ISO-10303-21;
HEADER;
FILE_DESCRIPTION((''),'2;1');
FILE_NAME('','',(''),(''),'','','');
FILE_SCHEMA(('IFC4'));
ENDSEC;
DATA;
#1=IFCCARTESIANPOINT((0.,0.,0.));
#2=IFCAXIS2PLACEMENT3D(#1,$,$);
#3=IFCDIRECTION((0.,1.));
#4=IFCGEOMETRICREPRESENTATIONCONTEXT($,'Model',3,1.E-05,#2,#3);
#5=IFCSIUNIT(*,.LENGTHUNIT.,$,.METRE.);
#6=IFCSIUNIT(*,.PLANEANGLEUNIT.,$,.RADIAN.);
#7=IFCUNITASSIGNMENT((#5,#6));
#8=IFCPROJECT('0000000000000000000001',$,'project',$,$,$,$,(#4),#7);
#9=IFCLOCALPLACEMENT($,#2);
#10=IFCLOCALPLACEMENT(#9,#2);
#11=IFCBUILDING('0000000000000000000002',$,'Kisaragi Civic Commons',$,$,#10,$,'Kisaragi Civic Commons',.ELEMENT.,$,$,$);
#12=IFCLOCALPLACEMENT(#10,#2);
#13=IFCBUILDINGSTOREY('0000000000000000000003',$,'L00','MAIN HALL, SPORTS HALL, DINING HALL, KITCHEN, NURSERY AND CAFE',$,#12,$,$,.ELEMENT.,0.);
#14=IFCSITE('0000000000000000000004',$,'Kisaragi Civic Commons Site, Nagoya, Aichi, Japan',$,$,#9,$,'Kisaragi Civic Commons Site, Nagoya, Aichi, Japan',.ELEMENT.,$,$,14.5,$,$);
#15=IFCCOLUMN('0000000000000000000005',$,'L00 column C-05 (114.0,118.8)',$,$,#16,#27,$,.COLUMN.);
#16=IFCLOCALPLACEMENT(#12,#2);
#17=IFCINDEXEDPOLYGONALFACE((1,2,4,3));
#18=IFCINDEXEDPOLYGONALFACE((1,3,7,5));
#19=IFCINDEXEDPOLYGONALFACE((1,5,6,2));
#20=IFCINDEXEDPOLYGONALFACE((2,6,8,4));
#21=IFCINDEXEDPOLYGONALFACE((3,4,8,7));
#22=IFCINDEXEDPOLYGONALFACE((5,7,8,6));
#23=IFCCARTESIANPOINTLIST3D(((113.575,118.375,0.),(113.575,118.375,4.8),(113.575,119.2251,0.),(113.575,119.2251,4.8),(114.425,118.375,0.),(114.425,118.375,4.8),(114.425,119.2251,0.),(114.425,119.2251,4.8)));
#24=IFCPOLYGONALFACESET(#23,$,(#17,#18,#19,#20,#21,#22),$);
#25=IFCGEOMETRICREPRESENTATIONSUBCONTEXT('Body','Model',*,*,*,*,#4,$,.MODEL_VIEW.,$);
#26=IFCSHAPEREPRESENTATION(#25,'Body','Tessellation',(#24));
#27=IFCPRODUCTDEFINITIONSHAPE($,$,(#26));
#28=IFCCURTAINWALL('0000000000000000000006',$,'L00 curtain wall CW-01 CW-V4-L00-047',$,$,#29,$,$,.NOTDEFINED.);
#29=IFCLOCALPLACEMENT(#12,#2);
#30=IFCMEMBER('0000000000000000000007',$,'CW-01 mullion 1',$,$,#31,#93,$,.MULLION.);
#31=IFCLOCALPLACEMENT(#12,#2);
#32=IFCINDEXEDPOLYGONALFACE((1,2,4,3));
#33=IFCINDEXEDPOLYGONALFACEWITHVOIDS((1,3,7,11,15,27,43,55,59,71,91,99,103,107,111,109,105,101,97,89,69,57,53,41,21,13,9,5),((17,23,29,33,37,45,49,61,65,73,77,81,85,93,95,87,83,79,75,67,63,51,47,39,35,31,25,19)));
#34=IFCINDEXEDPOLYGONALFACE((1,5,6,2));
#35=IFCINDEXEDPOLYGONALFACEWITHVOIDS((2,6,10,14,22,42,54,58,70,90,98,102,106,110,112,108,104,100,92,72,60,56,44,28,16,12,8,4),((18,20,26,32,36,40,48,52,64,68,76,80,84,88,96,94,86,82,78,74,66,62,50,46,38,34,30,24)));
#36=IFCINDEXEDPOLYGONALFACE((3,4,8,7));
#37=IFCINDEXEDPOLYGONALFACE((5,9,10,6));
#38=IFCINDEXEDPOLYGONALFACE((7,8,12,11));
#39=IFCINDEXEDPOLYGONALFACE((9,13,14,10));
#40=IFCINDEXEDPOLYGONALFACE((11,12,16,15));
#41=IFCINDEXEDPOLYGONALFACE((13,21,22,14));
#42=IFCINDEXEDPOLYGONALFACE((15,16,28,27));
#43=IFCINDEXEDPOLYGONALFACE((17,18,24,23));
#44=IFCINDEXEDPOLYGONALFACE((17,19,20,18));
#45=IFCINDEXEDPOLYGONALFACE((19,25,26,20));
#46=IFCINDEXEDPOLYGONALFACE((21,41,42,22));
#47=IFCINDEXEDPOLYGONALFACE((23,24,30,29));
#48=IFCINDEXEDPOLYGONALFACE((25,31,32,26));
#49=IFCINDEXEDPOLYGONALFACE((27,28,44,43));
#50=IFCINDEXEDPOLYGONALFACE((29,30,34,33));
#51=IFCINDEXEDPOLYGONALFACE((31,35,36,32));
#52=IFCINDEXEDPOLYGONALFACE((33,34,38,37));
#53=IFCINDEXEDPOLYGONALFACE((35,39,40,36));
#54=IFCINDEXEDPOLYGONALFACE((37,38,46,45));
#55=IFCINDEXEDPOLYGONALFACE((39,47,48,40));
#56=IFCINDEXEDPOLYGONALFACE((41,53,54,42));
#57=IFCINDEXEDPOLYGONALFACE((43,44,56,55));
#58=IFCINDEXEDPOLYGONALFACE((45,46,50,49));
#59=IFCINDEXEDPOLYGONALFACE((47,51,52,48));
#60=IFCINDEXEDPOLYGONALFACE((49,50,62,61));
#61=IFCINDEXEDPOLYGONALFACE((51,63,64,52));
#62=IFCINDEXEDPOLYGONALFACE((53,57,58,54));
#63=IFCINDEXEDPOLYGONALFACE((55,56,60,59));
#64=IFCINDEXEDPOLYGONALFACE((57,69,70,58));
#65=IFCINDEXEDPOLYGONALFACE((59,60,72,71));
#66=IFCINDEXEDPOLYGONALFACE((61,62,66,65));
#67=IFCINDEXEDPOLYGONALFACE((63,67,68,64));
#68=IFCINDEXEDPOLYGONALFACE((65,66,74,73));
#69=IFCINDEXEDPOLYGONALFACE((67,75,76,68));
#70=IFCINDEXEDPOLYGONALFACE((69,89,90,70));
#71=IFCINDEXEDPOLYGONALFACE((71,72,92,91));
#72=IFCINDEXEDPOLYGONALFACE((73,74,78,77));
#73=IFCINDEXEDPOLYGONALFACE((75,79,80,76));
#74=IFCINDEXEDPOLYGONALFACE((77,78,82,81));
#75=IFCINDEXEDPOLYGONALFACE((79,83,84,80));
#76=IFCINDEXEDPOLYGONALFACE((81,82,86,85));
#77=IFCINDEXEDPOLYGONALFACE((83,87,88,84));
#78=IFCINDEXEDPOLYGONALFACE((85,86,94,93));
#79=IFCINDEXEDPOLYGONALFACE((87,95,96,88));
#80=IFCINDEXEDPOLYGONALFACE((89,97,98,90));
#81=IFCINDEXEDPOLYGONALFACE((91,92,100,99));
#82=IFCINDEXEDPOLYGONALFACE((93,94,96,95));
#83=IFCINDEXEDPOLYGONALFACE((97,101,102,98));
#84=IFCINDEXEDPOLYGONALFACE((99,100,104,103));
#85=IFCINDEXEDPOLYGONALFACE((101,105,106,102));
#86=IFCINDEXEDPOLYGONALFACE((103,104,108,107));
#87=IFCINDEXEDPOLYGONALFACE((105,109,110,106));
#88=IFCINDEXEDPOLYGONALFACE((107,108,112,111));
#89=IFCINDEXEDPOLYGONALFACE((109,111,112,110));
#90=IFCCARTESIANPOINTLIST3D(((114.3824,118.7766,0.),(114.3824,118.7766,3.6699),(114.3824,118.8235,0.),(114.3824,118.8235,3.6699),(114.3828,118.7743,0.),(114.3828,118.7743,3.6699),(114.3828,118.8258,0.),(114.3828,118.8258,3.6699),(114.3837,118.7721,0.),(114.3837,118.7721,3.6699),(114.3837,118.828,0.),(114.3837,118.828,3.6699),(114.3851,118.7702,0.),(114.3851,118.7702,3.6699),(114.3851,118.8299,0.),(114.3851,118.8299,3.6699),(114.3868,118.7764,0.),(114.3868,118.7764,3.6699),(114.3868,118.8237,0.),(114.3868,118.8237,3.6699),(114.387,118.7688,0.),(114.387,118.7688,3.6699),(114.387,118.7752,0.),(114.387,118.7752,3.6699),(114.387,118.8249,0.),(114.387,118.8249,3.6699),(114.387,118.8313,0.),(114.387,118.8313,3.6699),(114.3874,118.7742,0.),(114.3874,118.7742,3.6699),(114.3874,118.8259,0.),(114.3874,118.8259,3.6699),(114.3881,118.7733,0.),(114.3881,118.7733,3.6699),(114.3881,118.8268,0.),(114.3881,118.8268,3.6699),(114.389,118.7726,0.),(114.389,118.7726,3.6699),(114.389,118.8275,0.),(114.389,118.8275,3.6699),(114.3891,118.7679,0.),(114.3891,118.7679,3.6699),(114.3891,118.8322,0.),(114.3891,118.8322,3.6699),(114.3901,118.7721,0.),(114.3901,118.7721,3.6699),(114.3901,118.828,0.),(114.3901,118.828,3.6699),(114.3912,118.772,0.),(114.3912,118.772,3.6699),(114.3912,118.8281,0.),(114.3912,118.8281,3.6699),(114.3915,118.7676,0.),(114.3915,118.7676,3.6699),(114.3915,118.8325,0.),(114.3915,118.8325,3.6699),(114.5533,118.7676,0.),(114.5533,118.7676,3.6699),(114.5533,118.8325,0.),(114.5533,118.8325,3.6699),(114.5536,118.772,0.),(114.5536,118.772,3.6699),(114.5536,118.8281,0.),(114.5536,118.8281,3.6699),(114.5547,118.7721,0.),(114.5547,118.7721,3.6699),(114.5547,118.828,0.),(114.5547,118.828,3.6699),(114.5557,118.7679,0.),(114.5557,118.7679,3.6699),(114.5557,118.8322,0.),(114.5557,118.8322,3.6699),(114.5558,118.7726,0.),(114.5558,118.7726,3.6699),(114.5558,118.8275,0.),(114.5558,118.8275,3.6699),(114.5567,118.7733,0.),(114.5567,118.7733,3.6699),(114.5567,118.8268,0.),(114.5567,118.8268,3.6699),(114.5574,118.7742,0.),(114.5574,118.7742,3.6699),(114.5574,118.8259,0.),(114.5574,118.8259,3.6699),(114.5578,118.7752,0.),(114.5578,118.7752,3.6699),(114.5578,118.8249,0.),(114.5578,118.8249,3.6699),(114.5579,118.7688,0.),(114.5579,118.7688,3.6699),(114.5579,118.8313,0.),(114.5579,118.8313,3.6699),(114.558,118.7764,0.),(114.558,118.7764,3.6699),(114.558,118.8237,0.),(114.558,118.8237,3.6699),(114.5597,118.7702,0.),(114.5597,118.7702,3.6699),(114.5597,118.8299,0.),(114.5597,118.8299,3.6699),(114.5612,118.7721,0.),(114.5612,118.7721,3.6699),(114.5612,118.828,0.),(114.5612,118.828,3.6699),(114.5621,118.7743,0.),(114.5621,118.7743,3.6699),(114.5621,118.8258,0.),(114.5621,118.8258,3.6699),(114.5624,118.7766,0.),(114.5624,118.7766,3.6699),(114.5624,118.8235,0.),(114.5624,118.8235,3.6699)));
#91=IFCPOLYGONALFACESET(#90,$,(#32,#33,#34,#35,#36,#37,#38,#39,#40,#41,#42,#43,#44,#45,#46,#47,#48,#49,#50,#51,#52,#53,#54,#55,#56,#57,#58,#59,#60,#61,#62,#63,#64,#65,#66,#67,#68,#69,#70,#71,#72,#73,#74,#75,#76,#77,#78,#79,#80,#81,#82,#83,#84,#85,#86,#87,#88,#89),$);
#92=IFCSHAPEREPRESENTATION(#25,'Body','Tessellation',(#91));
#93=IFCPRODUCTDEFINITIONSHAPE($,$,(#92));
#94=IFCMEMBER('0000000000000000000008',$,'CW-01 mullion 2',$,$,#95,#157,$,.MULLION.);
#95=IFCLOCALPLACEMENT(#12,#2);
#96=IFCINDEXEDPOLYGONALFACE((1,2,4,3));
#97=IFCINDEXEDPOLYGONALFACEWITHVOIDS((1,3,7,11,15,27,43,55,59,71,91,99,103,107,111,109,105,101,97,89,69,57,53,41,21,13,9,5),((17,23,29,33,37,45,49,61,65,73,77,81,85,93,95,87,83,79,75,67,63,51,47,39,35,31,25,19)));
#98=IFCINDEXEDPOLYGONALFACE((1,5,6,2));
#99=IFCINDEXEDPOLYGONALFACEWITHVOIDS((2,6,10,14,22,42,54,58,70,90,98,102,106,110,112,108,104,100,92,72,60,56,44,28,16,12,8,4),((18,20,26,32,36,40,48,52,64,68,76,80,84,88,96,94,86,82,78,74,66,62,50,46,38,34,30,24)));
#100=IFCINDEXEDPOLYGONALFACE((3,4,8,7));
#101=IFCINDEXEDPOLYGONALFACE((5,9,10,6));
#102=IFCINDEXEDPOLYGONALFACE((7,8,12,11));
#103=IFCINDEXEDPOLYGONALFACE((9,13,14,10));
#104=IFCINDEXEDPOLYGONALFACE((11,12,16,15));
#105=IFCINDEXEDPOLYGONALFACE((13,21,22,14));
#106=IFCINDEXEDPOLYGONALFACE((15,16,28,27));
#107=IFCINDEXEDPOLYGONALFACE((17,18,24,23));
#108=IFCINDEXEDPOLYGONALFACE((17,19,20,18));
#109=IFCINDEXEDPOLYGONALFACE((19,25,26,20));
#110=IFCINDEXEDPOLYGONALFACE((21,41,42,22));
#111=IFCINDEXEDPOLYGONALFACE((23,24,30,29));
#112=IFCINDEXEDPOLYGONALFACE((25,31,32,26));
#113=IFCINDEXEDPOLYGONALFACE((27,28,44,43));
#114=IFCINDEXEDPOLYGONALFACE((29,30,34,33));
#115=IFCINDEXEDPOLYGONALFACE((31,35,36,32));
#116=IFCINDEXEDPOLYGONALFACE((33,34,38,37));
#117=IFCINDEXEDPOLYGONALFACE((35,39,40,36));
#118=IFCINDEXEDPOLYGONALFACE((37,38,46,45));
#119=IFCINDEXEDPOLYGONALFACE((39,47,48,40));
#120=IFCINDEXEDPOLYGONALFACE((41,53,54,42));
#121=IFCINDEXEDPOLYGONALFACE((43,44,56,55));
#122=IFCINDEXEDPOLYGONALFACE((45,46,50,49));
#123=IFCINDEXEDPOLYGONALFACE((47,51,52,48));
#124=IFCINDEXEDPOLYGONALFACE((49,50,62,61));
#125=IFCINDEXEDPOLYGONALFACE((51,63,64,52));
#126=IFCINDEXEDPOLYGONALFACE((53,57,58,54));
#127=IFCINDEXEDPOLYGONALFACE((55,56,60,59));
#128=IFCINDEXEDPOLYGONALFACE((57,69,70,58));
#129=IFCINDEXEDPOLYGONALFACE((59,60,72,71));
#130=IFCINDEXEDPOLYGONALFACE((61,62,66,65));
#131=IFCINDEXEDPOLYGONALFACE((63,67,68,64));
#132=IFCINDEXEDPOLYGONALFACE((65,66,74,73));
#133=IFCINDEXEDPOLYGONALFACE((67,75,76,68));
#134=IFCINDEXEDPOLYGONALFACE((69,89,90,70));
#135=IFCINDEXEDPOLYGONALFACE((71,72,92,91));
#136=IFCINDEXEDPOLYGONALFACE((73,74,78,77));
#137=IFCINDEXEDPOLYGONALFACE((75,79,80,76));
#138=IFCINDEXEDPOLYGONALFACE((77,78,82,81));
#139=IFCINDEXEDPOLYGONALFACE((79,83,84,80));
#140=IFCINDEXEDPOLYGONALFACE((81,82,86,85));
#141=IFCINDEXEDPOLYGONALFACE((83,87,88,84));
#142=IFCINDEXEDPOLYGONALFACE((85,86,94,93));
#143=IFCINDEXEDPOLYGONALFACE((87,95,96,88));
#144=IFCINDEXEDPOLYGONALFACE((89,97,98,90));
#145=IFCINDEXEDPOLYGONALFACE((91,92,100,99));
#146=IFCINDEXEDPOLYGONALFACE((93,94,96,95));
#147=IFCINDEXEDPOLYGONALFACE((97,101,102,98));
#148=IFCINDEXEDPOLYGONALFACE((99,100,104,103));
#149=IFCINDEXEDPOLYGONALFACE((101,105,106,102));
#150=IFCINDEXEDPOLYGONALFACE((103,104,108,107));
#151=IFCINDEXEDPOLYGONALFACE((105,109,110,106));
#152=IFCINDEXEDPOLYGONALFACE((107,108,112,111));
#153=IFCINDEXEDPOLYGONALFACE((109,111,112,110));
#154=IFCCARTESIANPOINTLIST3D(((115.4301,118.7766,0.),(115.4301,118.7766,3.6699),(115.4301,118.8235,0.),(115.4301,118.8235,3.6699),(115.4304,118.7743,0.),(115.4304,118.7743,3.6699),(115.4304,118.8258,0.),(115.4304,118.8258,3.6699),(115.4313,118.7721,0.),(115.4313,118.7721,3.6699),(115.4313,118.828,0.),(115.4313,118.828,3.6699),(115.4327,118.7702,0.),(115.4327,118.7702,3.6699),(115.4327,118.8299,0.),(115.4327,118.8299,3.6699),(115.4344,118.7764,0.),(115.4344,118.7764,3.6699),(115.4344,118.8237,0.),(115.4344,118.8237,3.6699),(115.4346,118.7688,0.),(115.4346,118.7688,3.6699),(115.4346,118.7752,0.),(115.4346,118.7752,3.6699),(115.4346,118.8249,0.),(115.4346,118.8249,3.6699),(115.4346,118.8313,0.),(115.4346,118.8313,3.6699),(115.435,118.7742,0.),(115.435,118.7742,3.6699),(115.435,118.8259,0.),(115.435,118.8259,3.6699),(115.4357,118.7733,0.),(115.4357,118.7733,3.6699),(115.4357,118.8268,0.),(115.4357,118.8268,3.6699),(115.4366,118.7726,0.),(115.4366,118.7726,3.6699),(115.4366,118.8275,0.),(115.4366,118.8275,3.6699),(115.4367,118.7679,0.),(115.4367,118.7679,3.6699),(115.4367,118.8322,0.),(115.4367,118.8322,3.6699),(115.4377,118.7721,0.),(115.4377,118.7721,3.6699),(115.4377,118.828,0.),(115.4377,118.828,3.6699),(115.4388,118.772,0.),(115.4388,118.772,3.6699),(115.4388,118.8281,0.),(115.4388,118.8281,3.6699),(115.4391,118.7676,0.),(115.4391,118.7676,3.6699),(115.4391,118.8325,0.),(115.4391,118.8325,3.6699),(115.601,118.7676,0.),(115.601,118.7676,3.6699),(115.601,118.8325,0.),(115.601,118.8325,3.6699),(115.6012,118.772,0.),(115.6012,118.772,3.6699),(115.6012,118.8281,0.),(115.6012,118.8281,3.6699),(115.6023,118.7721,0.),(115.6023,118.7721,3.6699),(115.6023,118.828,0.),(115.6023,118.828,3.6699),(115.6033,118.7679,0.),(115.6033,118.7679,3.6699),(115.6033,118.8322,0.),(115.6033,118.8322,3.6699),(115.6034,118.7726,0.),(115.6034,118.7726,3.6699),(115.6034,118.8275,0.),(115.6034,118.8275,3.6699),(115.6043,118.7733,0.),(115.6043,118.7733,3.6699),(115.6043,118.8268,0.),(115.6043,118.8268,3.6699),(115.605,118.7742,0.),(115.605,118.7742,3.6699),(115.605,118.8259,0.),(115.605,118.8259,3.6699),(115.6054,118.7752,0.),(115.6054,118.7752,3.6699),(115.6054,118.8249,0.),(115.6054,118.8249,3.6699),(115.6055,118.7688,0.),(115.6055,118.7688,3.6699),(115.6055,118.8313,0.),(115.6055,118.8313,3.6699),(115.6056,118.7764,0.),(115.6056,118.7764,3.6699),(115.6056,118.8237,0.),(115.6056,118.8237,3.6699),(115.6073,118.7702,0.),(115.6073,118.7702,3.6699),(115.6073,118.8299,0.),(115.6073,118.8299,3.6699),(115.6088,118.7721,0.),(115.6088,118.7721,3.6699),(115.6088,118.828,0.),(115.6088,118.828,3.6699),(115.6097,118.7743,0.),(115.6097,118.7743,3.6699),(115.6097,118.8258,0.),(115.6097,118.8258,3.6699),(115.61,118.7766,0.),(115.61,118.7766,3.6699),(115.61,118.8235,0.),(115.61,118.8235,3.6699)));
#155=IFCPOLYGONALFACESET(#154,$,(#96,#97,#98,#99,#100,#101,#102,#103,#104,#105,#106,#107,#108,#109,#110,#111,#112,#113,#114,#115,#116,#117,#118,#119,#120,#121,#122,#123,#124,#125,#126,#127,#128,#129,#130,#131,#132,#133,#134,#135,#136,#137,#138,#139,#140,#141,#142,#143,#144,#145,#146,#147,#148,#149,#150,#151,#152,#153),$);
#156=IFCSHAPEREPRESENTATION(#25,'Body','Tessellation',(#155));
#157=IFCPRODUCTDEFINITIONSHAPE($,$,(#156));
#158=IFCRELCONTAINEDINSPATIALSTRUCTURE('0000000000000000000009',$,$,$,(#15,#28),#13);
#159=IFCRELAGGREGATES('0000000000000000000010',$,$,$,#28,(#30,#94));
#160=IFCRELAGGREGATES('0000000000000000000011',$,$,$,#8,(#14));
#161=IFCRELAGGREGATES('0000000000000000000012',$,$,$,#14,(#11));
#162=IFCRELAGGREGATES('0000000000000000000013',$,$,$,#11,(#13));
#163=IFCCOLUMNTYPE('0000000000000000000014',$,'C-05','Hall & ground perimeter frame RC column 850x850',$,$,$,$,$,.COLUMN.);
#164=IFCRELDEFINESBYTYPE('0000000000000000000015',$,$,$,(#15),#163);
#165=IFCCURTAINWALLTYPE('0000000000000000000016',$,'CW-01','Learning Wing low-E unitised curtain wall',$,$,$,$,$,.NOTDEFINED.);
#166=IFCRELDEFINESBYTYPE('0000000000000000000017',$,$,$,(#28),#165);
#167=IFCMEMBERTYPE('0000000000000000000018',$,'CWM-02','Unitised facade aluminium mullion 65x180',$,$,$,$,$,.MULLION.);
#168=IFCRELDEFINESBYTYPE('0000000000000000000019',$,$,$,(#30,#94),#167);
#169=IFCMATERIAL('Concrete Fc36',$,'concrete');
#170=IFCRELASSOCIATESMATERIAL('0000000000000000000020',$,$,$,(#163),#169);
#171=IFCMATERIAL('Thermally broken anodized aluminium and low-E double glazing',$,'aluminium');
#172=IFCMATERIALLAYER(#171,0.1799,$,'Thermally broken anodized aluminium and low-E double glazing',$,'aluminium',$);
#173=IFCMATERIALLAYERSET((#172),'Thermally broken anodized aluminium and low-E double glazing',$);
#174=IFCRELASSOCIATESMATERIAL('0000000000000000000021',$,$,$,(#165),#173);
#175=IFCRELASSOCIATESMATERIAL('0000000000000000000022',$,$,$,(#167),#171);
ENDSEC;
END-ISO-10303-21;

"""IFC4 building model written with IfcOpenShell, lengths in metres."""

from ifc_helpers import new_model, si_unit, direction, frame, origin, origin_2d, place, context, subcontext, project, spatial, rectangle, hollow_rectangle, extrude, material, layer, layer_set, material_profile, profile_set, type_object, element, aggregate, save


model = new_model("IFC4")

# Units and contexts
model_context = context("Model", 3, precision=1e-05, world=origin(), true_north=direction((0.0, 1.0)))
body_context = subcontext(model_context, "Body", "Model", "MODEL_VIEW")
ifc_project = project(units=[si_unit("LENGTHUNIT", "METRE"), si_unit("PLANEANGLEUNIT", "RADIAN")], contexts=[model_context])

# Site, building, storey
site_placement = place(None, origin())
site = spatial("IfcSite", under=ifc_project, at=site_placement, Name="Kisaragi Civic Commons Site, Nagoya, Aichi, Japan", LongName="Kisaragi Civic Commons Site, Nagoya, Aichi, Japan", CompositionType="ELEMENT", RefElevation=14.5)
building_placement = place(site_placement, origin())
building = spatial("IfcBuilding", under=site, at=building_placement, Name="Kisaragi Civic Commons", LongName="Kisaragi Civic Commons", CompositionType="ELEMENT")
storey_placement = place(building_placement, origin())
storey = spatial("IfcBuildingStorey", under=building, at=storey_placement, Name="L00", Description="MAIN HALL, SPORTS HALL, DINING HALL, KITCHEN, NURSERY AND CAFE", CompositionType="ELEMENT", Elevation=0.0)

# Column
ifc_material_1 = material(Name="Concrete Fc36", Category="concrete")
ifc_material_profile_1 = material_profile(ifc_material_1, rectangle(XDim=0.8501, YDim=0.8501, at=origin_2d()), Name="RC-850x850", Category="concrete")
ifc_profile_set_1 = profile_set([ifc_material_profile_1], Name="Concrete Fc36")
column_type = type_object("IfcColumnType", Name="C-05", Description="Hall & ground perimeter frame RC column 850x850", PredefinedType="COLUMN", material=ifc_profile_set_1)
column_placement = place(storey_placement, frame((114.0, 118.8, 0.0), z_axis=(0.0, 0.0, 1.0), x_axis=(1.0, 0.0, 0.0)))
element("IfcColumn", 1, at=column_placement, inside=storey, type_object=column_type, Name="L00 column C-05 (114.0,118.8)", PredefinedType="COLUMN", context=body_context, shape_type="SweptSolid", body=[
    extrude(rectangle(XDim=0.8501, YDim=0.8501, at=origin_2d()), origin(), (0.0, 0.0, 1.0), 4.8),
])

# Curtain wall, members
ifc_material_2 = material(Name="Thermally broken anodized aluminium and low-E double glazing", Category="aluminium")
ifc_layer_1 = layer(ifc_material_2, 0.1799, Name="Thermally broken anodized aluminium and low-E double glazing", Category="aluminium")
ifc_layer_set_1 = layer_set([ifc_layer_1], Name="Thermally broken anodized aluminium and low-E double glazing")
curtain_wall_type = type_object("IfcCurtainWallType", Name="CW-01", Description="Learning Wing low-E unitised curtain wall", PredefinedType="NOTDEFINED", material=ifc_layer_set_1)
curtain_wall_placement = place(storey_placement, origin())
curtain_wall = element("IfcCurtainWall", 2, at=curtain_wall_placement, inside=storey, type_object=curtain_wall_type, Name="L00 curtain wall CW-01 CW-V4-L00-047", PredefinedType="NOTDEFINED")
ifc_material_profile_2 = material_profile(ifc_material_2, hollow_rectangle(XDim=0.0649, YDim=0.1799, WallThickness=0.0044, InnerFilletRadius=0.0044, OuterFilletRadius=0.009, at=origin_2d()), Name="CWM-65x180x4.5", Category="aluminium")
ifc_profile_set_2 = profile_set([ifc_material_profile_2], Name="Thermally broken anodized aluminium and low-E double glazing")
member_type_1 = type_object("IfcMemberType", Name="CWM-02", Description="Unitised facade aluminium mullion 65x180", PredefinedType="MULLION", material=ifc_profile_set_2)
member_1_placement = place(storey_placement, frame((114.4724, 118.8, 0.0), z_axis=(0.0, 0.0, 1.0), x_axis=(0.0, 1.0, 0.0)))
member_1 = element("IfcMember", 3, at=member_1_placement, type_object=member_type_1, Name="CW-01 mullion 1", PredefinedType="MULLION", context=body_context, shape_type="SweptSolid", body=[
    extrude(hollow_rectangle(XDim=0.0649, YDim=0.1799, WallThickness=0.0044, InnerFilletRadius=0.0044, OuterFilletRadius=0.009, at=origin_2d()), origin(), (0.0, 0.0, 1.0), 3.6699),
])
member_2_placement = place(storey_placement, frame((115.52, 118.8, 0.0), z_axis=(0.0, 0.0, 1.0), x_axis=(0.0, 1.0, 0.0)))
member_2 = element("IfcMember", 4, at=member_2_placement, type_object=member_type_1, Name="CW-01 mullion 2", PredefinedType="MULLION", context=body_context, shape_type="SweptSolid", body=[
    extrude(hollow_rectangle(XDim=0.0649, YDim=0.1799, WallThickness=0.0044, InnerFilletRadius=0.0044, OuterFilletRadius=0.009, at=origin_2d()), origin(), (0.0, 0.0, 1.0), 3.6699),
])
aggregate(curtain_wall, [member_1, member_2])

save(model, "model.ifc")
